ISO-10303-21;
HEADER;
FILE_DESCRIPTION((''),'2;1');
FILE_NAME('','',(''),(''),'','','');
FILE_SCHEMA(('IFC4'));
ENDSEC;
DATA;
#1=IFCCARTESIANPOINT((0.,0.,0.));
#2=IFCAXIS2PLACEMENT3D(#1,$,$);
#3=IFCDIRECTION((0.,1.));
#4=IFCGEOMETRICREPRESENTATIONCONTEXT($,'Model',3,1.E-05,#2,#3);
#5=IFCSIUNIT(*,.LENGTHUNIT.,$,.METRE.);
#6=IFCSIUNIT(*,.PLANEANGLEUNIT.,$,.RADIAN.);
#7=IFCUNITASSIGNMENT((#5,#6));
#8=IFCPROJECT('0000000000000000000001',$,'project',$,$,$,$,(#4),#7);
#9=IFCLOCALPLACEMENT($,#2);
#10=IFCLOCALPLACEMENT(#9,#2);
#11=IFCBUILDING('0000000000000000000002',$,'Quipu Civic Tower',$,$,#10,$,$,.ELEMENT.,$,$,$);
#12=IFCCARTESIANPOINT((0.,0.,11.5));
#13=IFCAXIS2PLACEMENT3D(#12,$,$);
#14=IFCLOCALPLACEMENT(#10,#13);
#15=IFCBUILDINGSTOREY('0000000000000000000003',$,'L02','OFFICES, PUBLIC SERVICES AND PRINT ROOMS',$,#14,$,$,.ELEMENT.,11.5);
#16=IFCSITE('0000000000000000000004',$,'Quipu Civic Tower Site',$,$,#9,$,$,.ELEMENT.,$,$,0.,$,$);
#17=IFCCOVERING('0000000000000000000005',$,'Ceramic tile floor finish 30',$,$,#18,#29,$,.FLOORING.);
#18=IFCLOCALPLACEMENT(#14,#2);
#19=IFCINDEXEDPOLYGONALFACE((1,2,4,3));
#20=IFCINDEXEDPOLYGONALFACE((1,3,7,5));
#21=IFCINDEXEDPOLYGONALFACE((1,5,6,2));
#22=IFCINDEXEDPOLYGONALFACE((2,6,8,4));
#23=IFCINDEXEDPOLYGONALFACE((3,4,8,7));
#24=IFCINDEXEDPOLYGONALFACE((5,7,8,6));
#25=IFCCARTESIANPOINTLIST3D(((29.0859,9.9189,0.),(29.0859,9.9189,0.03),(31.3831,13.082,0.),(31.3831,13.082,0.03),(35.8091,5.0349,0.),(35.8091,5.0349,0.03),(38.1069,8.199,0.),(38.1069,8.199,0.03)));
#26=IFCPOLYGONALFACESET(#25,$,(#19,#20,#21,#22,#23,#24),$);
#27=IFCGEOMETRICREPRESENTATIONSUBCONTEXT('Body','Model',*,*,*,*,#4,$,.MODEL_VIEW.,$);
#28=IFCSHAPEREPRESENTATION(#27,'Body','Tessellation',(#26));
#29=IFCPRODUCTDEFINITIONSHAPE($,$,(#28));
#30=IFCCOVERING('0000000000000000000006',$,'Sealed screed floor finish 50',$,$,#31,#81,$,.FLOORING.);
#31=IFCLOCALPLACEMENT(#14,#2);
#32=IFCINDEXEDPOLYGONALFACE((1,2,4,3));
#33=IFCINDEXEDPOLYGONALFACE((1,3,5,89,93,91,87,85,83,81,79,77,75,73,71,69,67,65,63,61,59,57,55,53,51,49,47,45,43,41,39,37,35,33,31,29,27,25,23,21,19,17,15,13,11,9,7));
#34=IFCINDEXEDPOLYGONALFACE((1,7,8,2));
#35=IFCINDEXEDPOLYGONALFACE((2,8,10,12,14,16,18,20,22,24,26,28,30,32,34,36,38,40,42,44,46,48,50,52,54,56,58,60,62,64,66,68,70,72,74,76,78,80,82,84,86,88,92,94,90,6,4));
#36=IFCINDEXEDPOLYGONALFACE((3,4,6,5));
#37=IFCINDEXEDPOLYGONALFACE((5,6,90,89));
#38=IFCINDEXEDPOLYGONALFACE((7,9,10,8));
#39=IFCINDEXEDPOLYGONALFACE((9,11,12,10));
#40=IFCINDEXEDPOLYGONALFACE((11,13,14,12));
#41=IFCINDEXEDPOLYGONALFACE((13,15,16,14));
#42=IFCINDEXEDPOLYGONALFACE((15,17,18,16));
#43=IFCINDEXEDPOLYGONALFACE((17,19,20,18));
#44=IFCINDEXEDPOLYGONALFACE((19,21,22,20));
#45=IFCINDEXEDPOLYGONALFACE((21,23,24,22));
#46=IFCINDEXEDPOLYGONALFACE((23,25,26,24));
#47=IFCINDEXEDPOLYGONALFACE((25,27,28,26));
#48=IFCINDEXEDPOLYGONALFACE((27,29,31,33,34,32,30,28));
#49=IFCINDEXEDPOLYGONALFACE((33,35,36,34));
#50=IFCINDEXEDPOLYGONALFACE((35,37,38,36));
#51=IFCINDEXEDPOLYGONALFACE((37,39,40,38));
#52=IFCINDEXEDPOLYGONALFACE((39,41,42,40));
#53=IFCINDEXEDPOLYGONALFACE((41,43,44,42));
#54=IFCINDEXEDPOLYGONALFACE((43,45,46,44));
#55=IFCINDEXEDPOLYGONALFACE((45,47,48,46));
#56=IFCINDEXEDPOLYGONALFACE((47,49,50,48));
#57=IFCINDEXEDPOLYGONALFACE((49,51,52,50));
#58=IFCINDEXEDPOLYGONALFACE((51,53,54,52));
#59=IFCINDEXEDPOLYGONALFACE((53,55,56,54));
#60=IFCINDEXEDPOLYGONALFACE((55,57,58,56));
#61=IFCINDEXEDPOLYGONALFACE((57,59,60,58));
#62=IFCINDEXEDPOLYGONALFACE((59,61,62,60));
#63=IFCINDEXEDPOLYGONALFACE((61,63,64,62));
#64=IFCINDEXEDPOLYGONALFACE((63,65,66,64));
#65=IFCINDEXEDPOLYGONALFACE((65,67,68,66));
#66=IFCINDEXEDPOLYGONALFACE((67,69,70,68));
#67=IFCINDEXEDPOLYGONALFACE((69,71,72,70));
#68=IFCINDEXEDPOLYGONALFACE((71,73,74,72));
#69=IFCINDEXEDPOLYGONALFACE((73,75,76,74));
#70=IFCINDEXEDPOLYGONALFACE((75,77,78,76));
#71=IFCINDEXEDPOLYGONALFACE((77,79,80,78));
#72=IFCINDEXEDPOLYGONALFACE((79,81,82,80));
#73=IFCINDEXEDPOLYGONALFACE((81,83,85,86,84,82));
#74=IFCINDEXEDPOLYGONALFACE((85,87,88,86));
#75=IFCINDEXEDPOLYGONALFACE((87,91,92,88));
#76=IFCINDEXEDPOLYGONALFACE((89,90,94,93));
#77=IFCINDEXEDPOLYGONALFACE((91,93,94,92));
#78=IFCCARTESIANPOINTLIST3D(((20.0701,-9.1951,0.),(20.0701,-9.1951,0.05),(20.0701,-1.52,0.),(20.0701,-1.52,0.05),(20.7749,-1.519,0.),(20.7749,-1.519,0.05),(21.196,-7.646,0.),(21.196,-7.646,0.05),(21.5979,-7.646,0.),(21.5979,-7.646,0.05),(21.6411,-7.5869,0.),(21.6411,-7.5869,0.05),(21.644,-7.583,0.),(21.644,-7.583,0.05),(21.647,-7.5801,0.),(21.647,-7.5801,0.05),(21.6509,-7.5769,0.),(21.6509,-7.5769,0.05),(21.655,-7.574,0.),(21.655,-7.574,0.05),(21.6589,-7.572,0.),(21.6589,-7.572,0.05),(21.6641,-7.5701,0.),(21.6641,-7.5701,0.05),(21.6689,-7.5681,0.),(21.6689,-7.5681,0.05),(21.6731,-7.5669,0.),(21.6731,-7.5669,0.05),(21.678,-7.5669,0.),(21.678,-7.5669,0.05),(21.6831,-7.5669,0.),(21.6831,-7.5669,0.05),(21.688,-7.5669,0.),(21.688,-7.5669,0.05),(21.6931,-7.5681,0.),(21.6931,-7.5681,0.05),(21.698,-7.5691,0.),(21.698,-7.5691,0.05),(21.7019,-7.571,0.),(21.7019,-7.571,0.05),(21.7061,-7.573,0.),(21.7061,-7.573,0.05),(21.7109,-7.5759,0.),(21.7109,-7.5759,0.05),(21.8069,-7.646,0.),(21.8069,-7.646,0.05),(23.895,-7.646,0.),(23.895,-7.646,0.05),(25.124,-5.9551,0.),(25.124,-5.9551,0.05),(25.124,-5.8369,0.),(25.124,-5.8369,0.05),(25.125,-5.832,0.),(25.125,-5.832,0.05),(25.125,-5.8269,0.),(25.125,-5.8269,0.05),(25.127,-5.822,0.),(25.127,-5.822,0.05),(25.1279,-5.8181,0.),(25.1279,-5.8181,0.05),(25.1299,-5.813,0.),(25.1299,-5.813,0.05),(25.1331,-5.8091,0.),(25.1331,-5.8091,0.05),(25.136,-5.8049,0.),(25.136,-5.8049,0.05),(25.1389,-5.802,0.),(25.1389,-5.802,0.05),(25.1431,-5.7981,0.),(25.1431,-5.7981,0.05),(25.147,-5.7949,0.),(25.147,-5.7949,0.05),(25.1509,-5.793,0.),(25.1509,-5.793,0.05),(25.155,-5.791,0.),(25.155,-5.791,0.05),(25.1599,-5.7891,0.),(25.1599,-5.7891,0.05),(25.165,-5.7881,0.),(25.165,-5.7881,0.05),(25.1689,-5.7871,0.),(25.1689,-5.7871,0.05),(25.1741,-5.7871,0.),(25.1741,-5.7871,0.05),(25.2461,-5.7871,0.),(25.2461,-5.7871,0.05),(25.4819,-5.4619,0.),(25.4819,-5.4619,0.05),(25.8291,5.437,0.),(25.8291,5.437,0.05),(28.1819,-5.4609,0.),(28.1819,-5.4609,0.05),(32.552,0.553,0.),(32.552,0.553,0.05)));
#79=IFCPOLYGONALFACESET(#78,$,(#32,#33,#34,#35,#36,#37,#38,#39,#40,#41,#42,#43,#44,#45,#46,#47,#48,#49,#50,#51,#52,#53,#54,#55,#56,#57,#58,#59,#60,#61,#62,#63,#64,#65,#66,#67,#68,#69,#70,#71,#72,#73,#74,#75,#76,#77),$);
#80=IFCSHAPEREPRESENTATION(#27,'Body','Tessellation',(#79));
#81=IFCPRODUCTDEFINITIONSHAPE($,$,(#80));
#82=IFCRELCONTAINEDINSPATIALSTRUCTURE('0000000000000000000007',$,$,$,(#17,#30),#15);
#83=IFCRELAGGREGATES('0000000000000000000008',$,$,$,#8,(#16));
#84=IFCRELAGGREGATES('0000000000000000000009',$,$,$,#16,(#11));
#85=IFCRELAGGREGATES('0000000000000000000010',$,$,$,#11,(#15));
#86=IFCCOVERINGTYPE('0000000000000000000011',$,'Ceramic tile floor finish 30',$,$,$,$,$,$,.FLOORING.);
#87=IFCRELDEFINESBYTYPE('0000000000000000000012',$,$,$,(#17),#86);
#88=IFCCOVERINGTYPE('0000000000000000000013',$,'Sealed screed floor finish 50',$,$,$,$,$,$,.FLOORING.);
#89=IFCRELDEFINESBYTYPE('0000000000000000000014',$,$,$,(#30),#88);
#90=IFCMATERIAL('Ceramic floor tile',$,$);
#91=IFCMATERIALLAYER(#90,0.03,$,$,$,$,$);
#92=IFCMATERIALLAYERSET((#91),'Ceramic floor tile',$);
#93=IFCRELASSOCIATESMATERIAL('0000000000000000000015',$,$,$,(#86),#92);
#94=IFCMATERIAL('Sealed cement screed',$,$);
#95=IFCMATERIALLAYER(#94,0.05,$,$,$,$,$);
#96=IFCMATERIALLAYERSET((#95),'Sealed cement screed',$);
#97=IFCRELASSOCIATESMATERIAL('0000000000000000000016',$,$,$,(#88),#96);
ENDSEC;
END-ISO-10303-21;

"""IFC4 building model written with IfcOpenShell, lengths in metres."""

from ifc_helpers import new_model, si_unit, direction, frame, origin, place, context, subcontext, project, spatial, polyline, outline, extrude, material, layer, layer_set, type_object, element, save


model = new_model("IFC4")

# Units and contexts
model_context = context("Model", 3, precision=1e-05, world=origin(), true_north=direction((0.0, 1.0)))
body_context = subcontext(model_context, "Body", "Model", "MODEL_VIEW")
ifc_project = project(units=[si_unit("LENGTHUNIT", "METRE"), si_unit("PLANEANGLEUNIT", "RADIAN")], contexts=[model_context])

# Site, building, storey
site_placement = place(None, origin())
site = spatial("IfcSite", under=ifc_project, at=site_placement, Name="Quipu Civic Tower Site", CompositionType="ELEMENT", RefElevation=0.0)
building_placement = place(site_placement, origin())
building = spatial("IfcBuilding", under=site, at=building_placement, Name="Quipu Civic Tower", CompositionType="ELEMENT")
storey_placement = place(building_placement, frame((0.0, 0.0, 11.5)))
storey = spatial("IfcBuildingStorey", under=building, at=storey_placement, Name="L02", Description="OFFICES, PUBLIC SERVICES AND PRINT ROOMS", CompositionType="ELEMENT", Elevation=11.5)

# Coverings
ifc_material_1 = material(Name="Ceramic floor tile")
ifc_layer_1 = layer(ifc_material_1, 0.03)
ifc_layer_set_1 = layer_set([ifc_layer_1], Name="Ceramic floor tile")
covering_type_1 = type_object("IfcCoveringType", Name="Ceramic tile floor finish 30", PredefinedType="FLOORING", material=ifc_layer_set_1)
covering_1_placement = place(storey_placement, origin())
element("IfcCovering", 1, at=covering_1_placement, inside=storey, type_object=covering_type_1, Name="Ceramic tile floor finish 30", PredefinedType="FLOORING", context=body_context, shape_type="SweptSolid", body=[
    extrude(outline(polyline([(29.0859, 9.9189), (31.3831, 13.082), (38.1069, 8.199), (35.8091, 5.0349), (29.0859, 9.9189)])), origin(), (0.0, 0.0, 1.0), 0.03),
])
ifc_material_2 = material(Name="Sealed cement screed")
ifc_layer_2 = layer(ifc_material_2, 0.05)
ifc_layer_set_2 = layer_set([ifc_layer_2], Name="Sealed cement screed")
covering_type_2 = type_object("IfcCoveringType", Name="Sealed screed floor finish 50", PredefinedType="FLOORING", material=ifc_layer_set_2)
covering_2_placement = place(storey_placement, origin())
element("IfcCovering", 2, at=covering_2_placement, inside=storey, type_object=covering_type_2, Name="Sealed screed floor finish 50", PredefinedType="FLOORING", context=body_context, shape_type="SweptSolid", body=[
    extrude(outline(polyline([(20.0701, -9.1951), (20.0701, -1.52), (20.7749, -1.519), (25.8291, 5.437), (32.552, 0.553), (28.1819, -5.4609), (25.4819, -5.4619), (25.2461, -5.7871), (25.1741, -5.7871), (25.1689, -5.7871), (25.165, -5.7881), (25.1599, -5.7891), (25.155, -5.791), (25.1509, -5.793), (25.147, -5.7949), (25.1431, -5.7981), (25.1389, -5.802), (25.136, -5.8049), (25.1331, -5.8091), (25.1299, -5.813), (25.1279, -5.8181), (25.127, -5.822), (25.125, -5.8269), (25.125, -5.832), (25.124, -5.8369), (25.124, -5.9551), (23.895, -7.646), (21.8069, -7.646), (21.7109, -7.5759), (21.7061, -7.573), (21.7019, -7.571), (21.698, -7.5691), (21.6931, -7.5681), (21.688, -7.5669), (21.6831, -7.5669), (21.678, -7.5669), (21.6731, -7.5669), (21.6689, -7.5681), (21.6641, -7.5701), (21.6589, -7.572), (21.655, -7.574), (21.6509, -7.5769), (21.647, -7.5801), (21.644, -7.583), (21.6411, -7.5869), (21.5979, -7.646), (21.196, -7.646), (20.0701, -9.1951)])), origin(), (0.0, 0.0, 1.0), 0.05),
])

save(model, "model.ifc")
